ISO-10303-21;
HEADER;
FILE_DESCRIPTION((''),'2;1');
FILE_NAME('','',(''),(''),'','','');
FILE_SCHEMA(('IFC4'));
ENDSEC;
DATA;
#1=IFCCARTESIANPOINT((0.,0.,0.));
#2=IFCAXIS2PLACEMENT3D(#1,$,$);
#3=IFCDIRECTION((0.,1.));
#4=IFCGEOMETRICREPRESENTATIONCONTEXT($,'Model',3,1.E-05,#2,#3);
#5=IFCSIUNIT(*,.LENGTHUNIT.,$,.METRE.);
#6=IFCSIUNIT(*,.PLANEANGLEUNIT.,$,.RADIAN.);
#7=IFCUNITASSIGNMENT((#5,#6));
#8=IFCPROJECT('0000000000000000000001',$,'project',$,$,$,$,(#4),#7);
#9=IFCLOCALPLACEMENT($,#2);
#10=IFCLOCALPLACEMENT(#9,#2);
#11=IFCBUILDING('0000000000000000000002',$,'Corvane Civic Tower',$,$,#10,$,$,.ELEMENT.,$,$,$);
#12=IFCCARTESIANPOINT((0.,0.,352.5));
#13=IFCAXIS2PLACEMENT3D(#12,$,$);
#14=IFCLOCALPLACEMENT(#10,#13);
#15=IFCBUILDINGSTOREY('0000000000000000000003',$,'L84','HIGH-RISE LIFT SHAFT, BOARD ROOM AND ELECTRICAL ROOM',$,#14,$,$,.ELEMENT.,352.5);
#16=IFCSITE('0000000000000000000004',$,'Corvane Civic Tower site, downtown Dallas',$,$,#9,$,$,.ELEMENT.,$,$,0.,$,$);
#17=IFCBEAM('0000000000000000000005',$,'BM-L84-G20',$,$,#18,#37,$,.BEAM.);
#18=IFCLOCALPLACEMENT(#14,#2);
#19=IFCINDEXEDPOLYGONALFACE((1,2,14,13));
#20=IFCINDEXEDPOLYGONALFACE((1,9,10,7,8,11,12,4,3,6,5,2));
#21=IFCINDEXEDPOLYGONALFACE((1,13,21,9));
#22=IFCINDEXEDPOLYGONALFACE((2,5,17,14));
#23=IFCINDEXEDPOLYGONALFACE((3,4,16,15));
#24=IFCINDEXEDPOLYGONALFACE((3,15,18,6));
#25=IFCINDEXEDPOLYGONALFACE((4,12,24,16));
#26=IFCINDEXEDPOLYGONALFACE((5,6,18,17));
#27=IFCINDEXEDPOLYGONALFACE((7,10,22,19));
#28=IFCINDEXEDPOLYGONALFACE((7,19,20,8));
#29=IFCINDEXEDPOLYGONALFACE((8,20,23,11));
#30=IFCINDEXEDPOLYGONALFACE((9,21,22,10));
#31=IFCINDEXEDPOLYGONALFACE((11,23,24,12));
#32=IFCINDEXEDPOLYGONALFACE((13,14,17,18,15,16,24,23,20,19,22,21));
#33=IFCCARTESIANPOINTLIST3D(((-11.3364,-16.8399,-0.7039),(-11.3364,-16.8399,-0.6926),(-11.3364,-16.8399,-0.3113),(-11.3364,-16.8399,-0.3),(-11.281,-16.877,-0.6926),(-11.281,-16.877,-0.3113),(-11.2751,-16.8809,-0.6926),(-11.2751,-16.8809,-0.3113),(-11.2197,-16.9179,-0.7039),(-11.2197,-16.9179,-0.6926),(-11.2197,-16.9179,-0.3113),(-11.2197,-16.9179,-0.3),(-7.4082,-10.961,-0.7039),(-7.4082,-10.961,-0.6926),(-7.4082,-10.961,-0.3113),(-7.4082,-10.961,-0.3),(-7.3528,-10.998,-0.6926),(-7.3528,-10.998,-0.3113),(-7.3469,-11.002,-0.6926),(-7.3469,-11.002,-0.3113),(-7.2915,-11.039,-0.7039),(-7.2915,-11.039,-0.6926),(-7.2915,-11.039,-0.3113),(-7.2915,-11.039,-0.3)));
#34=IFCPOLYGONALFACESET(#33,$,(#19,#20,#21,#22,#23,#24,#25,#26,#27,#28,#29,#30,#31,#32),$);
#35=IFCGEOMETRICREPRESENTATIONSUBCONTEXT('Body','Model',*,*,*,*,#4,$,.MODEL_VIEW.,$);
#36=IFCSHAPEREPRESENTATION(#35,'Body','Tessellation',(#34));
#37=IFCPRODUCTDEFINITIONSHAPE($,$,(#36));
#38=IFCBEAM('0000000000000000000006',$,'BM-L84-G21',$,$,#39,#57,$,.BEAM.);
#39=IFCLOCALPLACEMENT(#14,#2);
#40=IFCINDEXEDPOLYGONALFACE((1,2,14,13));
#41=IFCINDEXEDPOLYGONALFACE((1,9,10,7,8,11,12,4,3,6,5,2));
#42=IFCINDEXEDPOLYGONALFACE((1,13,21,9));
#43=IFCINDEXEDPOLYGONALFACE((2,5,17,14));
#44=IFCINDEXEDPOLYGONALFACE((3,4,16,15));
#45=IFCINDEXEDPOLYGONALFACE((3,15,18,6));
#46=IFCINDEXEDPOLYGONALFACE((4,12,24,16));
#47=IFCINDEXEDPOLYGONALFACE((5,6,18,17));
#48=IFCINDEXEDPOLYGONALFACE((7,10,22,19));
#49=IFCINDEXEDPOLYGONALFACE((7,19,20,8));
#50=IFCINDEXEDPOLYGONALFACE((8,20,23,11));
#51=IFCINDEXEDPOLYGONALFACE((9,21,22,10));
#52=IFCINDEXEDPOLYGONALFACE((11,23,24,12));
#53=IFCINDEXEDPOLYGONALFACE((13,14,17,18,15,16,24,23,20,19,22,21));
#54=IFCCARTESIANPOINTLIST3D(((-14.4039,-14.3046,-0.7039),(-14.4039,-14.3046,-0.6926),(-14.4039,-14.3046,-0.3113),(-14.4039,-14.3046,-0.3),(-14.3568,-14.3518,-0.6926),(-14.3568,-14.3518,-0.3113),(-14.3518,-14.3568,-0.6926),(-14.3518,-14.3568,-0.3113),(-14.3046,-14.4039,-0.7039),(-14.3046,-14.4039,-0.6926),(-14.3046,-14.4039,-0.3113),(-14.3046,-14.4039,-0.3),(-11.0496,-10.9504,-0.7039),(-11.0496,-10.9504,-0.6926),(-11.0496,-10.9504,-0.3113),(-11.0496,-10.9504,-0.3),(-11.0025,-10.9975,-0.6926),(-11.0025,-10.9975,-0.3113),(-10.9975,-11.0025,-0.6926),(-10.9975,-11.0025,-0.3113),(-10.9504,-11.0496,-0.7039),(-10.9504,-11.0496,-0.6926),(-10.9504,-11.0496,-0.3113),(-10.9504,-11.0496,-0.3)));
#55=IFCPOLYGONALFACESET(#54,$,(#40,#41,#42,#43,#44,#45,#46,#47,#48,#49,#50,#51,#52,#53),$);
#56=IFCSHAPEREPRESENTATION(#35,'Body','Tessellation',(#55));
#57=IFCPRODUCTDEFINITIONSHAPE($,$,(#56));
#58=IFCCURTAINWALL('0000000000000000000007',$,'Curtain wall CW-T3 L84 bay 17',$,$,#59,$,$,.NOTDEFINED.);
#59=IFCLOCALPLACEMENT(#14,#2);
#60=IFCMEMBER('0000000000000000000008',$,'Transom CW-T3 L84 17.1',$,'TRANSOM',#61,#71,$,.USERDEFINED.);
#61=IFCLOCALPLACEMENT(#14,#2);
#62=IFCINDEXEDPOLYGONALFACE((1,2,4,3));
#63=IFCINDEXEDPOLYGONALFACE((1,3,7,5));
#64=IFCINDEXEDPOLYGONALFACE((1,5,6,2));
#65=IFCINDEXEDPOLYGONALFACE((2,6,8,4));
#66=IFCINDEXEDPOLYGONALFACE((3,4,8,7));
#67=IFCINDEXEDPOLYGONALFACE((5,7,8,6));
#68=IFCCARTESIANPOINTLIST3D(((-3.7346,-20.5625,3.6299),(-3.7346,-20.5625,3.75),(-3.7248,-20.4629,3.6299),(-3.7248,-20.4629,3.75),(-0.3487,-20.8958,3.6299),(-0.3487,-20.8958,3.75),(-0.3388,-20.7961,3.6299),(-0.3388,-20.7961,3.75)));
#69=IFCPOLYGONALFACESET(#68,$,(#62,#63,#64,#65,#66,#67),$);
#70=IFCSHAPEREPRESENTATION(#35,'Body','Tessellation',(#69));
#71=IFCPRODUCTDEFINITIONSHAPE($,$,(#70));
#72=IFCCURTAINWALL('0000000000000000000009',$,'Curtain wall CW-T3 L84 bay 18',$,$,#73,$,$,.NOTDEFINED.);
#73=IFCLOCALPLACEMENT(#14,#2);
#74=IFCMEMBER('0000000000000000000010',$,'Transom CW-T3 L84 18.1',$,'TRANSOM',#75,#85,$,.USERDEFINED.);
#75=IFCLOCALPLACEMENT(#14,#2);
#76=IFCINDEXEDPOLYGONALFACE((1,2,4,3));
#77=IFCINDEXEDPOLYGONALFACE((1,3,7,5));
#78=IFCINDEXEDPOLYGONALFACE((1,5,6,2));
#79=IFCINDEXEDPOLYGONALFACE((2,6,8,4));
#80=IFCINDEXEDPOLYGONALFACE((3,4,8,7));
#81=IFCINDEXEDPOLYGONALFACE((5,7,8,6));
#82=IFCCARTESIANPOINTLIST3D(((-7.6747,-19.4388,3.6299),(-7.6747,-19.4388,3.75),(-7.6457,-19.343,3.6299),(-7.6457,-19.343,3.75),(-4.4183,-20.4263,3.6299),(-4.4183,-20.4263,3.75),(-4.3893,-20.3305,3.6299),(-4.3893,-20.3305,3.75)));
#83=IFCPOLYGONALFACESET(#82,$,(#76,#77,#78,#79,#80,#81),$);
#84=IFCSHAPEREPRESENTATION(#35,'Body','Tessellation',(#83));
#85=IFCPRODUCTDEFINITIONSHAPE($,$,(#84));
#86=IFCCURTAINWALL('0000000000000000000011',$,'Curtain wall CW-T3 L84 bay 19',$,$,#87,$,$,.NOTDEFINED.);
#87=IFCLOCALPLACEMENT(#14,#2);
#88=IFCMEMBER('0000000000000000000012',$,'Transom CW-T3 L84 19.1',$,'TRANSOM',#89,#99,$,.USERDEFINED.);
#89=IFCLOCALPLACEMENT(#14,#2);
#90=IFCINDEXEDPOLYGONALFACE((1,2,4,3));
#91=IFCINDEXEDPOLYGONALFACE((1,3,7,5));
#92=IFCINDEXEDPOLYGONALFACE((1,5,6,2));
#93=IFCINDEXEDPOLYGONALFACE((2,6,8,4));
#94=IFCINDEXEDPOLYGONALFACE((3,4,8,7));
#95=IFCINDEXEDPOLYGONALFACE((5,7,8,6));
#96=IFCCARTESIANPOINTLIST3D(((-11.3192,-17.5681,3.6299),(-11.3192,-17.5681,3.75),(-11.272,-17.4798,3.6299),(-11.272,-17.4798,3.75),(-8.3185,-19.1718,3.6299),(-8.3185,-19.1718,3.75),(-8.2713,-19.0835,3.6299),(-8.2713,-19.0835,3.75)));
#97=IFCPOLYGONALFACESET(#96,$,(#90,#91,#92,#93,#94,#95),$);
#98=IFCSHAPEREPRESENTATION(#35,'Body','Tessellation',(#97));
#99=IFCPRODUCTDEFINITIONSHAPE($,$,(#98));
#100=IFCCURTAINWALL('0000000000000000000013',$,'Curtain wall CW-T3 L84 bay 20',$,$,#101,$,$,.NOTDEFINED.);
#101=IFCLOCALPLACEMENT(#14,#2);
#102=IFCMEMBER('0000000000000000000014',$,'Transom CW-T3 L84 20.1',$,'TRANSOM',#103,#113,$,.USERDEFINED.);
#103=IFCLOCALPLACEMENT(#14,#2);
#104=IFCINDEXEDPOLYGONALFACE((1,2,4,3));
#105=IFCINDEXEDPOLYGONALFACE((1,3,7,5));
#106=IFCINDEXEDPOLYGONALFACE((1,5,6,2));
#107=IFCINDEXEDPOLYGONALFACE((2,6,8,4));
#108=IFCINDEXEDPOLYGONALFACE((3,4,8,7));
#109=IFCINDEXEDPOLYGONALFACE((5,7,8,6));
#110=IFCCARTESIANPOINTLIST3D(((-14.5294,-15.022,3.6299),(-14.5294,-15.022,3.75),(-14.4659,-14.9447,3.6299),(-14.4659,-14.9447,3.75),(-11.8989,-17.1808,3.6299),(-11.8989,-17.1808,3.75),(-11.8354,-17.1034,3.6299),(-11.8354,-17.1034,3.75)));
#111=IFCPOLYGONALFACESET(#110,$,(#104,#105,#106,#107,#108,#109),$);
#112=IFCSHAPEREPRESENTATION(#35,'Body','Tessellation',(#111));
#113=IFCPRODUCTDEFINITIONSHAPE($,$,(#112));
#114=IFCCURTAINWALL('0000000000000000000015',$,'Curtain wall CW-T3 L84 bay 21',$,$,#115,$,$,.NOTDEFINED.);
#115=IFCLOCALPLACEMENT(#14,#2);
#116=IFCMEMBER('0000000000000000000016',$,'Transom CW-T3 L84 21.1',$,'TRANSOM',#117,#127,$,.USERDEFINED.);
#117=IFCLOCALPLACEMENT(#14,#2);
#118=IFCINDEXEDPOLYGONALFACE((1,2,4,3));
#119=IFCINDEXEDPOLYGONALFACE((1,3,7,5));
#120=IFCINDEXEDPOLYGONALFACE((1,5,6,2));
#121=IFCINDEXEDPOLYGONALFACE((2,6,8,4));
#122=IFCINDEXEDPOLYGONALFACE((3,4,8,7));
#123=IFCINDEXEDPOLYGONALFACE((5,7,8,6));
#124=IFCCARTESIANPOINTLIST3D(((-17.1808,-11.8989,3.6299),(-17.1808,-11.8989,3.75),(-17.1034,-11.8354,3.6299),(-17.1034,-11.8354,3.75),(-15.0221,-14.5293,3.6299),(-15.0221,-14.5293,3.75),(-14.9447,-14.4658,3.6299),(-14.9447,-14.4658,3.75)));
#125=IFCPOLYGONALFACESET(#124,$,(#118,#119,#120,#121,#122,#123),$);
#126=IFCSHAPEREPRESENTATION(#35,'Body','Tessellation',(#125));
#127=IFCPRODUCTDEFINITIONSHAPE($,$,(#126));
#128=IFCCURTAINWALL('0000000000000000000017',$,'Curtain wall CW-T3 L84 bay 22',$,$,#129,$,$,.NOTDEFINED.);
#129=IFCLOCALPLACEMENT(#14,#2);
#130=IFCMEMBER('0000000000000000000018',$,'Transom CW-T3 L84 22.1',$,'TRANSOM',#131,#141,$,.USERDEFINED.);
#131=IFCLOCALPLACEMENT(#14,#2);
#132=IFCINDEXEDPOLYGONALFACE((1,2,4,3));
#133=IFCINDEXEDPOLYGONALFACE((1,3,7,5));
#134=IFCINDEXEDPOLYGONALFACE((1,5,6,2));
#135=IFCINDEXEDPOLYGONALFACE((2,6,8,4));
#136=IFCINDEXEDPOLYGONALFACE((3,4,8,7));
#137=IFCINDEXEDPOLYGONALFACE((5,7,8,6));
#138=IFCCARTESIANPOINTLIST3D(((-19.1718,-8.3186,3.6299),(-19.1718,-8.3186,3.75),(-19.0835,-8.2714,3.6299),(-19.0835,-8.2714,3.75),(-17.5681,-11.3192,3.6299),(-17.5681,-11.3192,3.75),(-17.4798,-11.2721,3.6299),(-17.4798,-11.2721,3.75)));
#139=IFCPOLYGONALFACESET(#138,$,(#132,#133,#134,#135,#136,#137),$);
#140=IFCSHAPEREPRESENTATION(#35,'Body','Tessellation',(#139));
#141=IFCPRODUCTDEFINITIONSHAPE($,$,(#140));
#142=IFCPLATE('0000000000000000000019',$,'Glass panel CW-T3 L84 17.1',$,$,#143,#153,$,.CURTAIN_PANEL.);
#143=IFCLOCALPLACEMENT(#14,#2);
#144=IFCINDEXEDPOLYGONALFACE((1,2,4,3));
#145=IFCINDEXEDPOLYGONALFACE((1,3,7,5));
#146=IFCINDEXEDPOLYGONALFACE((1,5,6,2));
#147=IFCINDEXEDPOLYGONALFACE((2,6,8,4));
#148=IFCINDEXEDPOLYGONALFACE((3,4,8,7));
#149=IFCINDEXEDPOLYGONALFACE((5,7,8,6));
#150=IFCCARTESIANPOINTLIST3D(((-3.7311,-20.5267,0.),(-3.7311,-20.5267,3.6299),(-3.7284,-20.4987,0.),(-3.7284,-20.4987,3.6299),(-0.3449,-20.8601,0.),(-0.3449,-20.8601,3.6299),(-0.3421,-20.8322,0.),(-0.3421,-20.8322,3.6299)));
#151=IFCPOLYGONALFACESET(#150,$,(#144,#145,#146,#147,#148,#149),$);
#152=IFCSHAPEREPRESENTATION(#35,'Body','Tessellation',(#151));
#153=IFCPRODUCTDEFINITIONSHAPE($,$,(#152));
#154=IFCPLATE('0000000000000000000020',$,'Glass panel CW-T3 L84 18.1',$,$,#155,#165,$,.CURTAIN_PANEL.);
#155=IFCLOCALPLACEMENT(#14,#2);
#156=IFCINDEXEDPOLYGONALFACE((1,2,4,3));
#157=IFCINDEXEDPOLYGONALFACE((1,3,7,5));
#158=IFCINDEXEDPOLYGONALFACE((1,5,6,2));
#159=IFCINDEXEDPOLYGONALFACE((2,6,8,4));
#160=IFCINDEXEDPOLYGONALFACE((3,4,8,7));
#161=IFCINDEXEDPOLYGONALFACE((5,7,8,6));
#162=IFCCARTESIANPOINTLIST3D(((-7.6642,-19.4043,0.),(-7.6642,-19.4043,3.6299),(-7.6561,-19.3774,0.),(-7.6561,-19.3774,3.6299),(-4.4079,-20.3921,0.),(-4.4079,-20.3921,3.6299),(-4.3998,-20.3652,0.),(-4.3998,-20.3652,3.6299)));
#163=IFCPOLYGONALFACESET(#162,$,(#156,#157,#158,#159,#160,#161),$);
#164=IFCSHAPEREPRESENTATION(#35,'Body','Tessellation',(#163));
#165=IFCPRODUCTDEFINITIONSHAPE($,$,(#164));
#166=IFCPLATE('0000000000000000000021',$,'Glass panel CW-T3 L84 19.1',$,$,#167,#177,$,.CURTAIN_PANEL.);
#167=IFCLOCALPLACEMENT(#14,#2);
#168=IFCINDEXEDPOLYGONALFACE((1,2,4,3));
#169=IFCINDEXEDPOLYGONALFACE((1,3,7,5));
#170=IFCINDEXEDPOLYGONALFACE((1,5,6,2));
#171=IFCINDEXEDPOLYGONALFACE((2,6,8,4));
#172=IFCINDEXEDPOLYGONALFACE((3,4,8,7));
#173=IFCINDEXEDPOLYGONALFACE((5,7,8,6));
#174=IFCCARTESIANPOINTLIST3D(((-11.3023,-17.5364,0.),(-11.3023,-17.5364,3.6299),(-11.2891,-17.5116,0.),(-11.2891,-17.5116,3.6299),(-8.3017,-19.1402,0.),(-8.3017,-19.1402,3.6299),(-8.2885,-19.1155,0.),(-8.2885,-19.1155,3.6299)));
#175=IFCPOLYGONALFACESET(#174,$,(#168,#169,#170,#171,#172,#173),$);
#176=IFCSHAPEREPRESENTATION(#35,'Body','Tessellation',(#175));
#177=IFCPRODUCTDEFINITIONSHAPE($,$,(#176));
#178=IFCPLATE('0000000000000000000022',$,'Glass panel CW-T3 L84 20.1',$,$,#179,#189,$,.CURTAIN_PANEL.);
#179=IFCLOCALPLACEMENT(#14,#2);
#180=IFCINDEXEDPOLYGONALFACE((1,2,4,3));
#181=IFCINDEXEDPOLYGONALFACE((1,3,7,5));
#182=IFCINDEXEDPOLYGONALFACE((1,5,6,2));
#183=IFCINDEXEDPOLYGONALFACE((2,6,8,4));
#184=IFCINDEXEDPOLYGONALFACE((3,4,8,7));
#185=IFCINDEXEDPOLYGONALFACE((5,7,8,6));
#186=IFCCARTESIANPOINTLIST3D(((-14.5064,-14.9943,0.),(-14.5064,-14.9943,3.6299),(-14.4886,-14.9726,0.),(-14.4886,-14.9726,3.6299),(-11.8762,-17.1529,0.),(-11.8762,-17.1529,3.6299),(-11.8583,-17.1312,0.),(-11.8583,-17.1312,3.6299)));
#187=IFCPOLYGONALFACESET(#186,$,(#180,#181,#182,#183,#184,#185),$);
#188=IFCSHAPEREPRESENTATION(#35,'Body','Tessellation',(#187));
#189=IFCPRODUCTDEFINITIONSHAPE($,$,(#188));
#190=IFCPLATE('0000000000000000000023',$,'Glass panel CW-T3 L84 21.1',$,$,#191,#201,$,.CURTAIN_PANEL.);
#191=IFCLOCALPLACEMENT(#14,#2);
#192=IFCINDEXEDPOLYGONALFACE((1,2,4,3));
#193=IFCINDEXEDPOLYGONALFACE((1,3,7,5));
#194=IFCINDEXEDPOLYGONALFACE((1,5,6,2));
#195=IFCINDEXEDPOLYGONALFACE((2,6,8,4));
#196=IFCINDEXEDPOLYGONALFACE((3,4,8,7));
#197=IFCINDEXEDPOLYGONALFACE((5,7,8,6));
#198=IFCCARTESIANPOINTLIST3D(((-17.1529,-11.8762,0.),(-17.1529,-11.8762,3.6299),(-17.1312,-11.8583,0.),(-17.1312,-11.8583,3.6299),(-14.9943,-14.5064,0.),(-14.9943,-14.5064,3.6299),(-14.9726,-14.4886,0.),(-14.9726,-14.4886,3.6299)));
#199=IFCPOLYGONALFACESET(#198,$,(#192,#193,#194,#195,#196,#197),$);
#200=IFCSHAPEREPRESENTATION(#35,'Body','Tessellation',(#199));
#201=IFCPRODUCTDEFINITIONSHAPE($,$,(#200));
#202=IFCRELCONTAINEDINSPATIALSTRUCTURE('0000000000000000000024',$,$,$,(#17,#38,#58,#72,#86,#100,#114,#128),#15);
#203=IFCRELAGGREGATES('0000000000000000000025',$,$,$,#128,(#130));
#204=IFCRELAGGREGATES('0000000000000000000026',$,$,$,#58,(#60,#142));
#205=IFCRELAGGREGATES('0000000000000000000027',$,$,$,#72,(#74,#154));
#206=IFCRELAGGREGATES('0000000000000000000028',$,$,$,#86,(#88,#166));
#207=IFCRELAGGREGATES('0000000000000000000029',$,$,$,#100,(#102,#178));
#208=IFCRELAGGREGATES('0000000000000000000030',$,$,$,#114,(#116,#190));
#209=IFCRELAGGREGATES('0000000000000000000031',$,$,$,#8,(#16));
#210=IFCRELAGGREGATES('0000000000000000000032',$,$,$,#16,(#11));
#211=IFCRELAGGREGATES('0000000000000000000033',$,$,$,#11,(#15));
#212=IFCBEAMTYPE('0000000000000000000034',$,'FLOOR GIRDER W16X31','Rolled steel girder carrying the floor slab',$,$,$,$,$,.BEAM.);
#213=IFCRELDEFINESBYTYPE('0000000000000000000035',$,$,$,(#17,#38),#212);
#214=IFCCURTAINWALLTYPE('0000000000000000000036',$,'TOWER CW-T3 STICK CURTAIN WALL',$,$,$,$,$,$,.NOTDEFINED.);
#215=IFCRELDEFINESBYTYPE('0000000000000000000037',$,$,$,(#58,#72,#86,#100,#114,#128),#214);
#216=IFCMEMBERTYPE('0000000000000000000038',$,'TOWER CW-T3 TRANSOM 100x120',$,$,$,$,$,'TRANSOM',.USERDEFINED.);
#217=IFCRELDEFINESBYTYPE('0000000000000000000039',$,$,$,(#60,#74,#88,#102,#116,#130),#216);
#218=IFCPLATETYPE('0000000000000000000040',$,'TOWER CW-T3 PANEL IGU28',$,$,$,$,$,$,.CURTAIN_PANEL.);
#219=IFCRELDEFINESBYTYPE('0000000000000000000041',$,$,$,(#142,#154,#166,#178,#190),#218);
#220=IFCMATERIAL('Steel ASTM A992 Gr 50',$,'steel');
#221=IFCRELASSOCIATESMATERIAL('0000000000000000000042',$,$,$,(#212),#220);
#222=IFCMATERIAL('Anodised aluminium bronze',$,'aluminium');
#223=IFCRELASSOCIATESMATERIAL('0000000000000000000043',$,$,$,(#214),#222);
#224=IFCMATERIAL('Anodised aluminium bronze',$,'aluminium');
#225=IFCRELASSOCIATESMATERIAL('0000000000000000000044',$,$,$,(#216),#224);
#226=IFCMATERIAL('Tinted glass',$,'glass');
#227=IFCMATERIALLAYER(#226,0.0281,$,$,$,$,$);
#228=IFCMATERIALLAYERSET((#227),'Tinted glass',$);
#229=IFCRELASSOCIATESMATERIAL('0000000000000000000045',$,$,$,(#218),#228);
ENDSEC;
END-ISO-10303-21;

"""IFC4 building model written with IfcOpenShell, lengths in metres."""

from ifc_helpers import new_model, si_unit, direction, frame, origin, origin_2d, place, context, subcontext, project, spatial, rectangle, i_section, extrude, material, layer, layer_set, material_profile, profile_set, type_object, element, aggregate, save


model = new_model("IFC4")

# Units and contexts
model_context = context("Model", 3, precision=1e-05, world=origin(), true_north=direction((0.0, 1.0)))
body_context = subcontext(model_context, "Body", "Model", "MODEL_VIEW")
ifc_project = project(units=[si_unit("LENGTHUNIT", "METRE"), si_unit("PLANEANGLEUNIT", "RADIAN")], contexts=[model_context])

# Site, building, storey
site_placement = place(None, origin())
site = spatial("IfcSite", under=ifc_project, at=site_placement, Name="Corvane Civic Tower site, downtown Dallas", CompositionType="ELEMENT", RefElevation=0.0)
building_placement = place(site_placement, origin())
building = spatial("IfcBuilding", under=site, at=building_placement, Name="Corvane Civic Tower", CompositionType="ELEMENT")
storey_placement = place(building_placement, frame((0.0, 0.0, 352.5)))
storey = spatial("IfcBuildingStorey", under=building, at=storey_placement, Name="L84", Description="HIGH-RISE LIFT SHAFT, BOARD ROOM AND ELECTRICAL ROOM", CompositionType="ELEMENT", Elevation=352.5)

# Beams
ifc_material_1 = material(Name="Steel ASTM A992 Gr 50", Category="steel")
ifc_material_profile_1 = material_profile(ifc_material_1, i_section(OverallWidth=0.1404, OverallDepth=0.4038, WebThickness=0.0071, FlangeThickness=0.0112, at=origin_2d()), Name="W16X31")
ifc_profile_set_1 = profile_set([ifc_material_profile_1], Name="Steel ASTM A992 Gr 50")
beam_type_1 = type_object("IfcBeamType", Name="FLOOR GIRDER W16X31", Description="Rolled steel girder carrying the floor slab", PredefinedType="BEAM", material=ifc_profile_set_1)
beam_1_placement = place(storey_placement, frame((-7.3499, -11.0, -0.502), z_axis=(-0.555576, -0.831465, 0.0), x_axis=(0.831465, -0.555576, 0.0)))
element("IfcBeam", 1, at=beam_1_placement, inside=storey, type_object=beam_type_1, Name="BM-L84-G20", PredefinedType="BEAM", context=body_context, shape_type="SweptSolid", body=[
    extrude(i_section(OverallWidth=0.1404, OverallDepth=0.4038, WebThickness=0.0071, FlangeThickness=0.0112, at=origin_2d()), origin(), (0.0, 0.0, 1.0), 7.0706),
])
beam_2_placement = place(storey_placement, frame((-11.0, -11.0, -0.502), z_axis=(-0.707107, -0.707107, 0.0), x_axis=(0.707107, -0.707107, 0.0)))
element("IfcBeam", 2, at=beam_2_placement, inside=storey, type_object=beam_type_1, Name="BM-L84-G21", PredefinedType="BEAM", context=body_context, shape_type="SweptSolid", body=[
    extrude(i_section(OverallWidth=0.1404, OverallDepth=0.4038, WebThickness=0.0071, FlangeThickness=0.0112, at=origin_2d()), origin(), (0.0, 0.0, 1.0), 4.7437),
])

# Curtain walls, members
ifc_material_2 = material(Name="Anodised aluminium bronze", Category="aluminium")
curtain_wall_type = type_object("IfcCurtainWallType", Name="TOWER CW-T3 STICK CURTAIN WALL", PredefinedType="NOTDEFINED", material=ifc_material_2)
curtain_wall_1_placement = place(storey_placement, origin())
curtain_wall_1 = element("IfcCurtainWall", 3, at=curtain_wall_1_placement, inside=storey, type_object=curtain_wall_type, Name="Curtain wall CW-T3 L84 bay 17", PredefinedType="NOTDEFINED")
ifc_material_3 = material(Name="Anodised aluminium bronze", Category="aluminium")
ifc_material_profile_2 = material_profile(ifc_material_3, rectangle(XDim=0.1001, YDim=0.1201, at=origin_2d()), Name="TOWER CW-T3 TRANSOM 100x120")
ifc_profile_set_2 = profile_set([ifc_material_profile_2], Name="Anodised aluminium bronze")
member_type = type_object("IfcMemberType", Name="TOWER CW-T3 TRANSOM 100x120", ElementType="TRANSOM", PredefinedType="USERDEFINED", material=ifc_profile_set_2)
member_1_placement = place(storey_placement, frame((-0.3438, -20.8459, 3.6899), z_axis=(-0.995192, 0.097948, 0.0), x_axis=(-0.097948, -0.995192, 0.0)))
member_1 = element("IfcMember", 4, at=member_1_placement, type_object=member_type, Name="Transom CW-T3 L84 17.1", ObjectType="TRANSOM", PredefinedType="USERDEFINED", context=body_context, shape_type="SweptSolid", body=[
    extrude(rectangle(XDim=0.1001, YDim=0.1201, at=origin_2d()), origin(), (0.0, 0.0, 1.0), 3.4023),
])
curtain_wall_2_placement = place(storey_placement, origin())
curtain_wall_2 = element("IfcCurtainWall", 5, at=curtain_wall_2_placement, inside=storey, type_object=curtain_wall_type, Name="Curtain wall CW-T3 L84 bay 18", PredefinedType="NOTDEFINED")
member_2_placement = place(storey_placement, frame((-4.4038, -20.3784, 3.6899), z_axis=(-0.956961, 0.290216, 0.0), x_axis=(-0.290216, -0.956961, 0.0)))
member_2 = element("IfcMember", 6, at=member_2_placement, type_object=member_type, Name="Transom CW-T3 L84 18.1", ObjectType="TRANSOM", PredefinedType="USERDEFINED", context=body_context, shape_type="SweptSolid", body=[
    extrude(rectangle(XDim=0.1001, YDim=0.1201, at=origin_2d()), origin(), (0.0, 0.0, 1.0), 3.4028),
])
curtain_wall_3_placement = place(storey_placement, origin())
curtain_wall_3 = element("IfcCurtainWall", 7, at=curtain_wall_3_placement, inside=storey, type_object=curtain_wall_type, Name="Curtain wall CW-T3 L84 bay 19", PredefinedType="NOTDEFINED")
member_3_placement = place(storey_placement, frame((-8.2949, -19.1277, 3.6899), z_axis=(-0.881941, 0.471359, 0.0), x_axis=(-0.471359, -0.881941, 0.0)))
member_3 = element("IfcMember", 8, at=member_3_placement, type_object=member_type, Name="Transom CW-T3 L84 19.1", ObjectType="TRANSOM", PredefinedType="USERDEFINED", context=body_context, shape_type="SweptSolid", body=[
    extrude(rectangle(XDim=0.1001, YDim=0.1201, at=origin_2d()), origin(), (0.0, 0.0, 1.0), 3.4023),
])
curtain_wall_4_placement = place(storey_placement, origin())
curtain_wall_4 = element("IfcCurtainWall", 9, at=curtain_wall_4_placement, inside=storey, type_object=curtain_wall_type, Name="Curtain wall CW-T3 L84 bay 20", PredefinedType="NOTDEFINED")
member_4_placement = place(storey_placement, frame((-11.8672, -17.1421, 3.6899), z_axis=(-0.77301, 0.634394, 0.0), x_axis=(-0.634394, -0.77301, 0.0)))
member_4 = element("IfcMember", 10, at=member_4_placement, type_object=member_type, Name="Transom CW-T3 L84 20.1", ObjectType="TRANSOM", PredefinedType="USERDEFINED", context=body_context, shape_type="SweptSolid", body=[
    extrude(rectangle(XDim=0.1001, YDim=0.1201, at=origin_2d()), origin(), (0.0, 0.0, 1.0), 3.4028),
])
curtain_wall_5_placement = place(storey_placement, origin())
curtain_wall_5 = element("IfcCurtainWall", 11, at=curtain_wall_5_placement, inside=storey, type_object=curtain_wall_type, Name="Curtain wall CW-T3 L84 bay 21", PredefinedType="NOTDEFINED")
member_5_placement = place(storey_placement, frame((-14.9834, -14.4976, 3.6899), z_axis=(-0.634394, 0.77301, 0.0), x_axis=(-0.77301, -0.634394, 0.0)))
member_5 = element("IfcMember", 12, at=member_5_placement, type_object=member_type, Name="Transom CW-T3 L84 21.1", ObjectType="TRANSOM", PredefinedType="USERDEFINED", context=body_context, shape_type="SweptSolid", body=[
    extrude(rectangle(XDim=0.1001, YDim=0.1201, at=origin_2d()), origin(), (0.0, 0.0, 1.0), 3.4028),
])
curtain_wall_6_placement = place(storey_placement, origin())
curtain_wall_6 = element("IfcCurtainWall", 13, at=curtain_wall_6_placement, inside=storey, type_object=curtain_wall_type, Name="Curtain wall CW-T3 L84 bay 22", PredefinedType="NOTDEFINED")
member_6_placement = place(storey_placement, frame((-17.5239, -11.2957, 3.6899), z_axis=(-0.471359, 0.881941, 0.0), x_axis=(-0.881941, -0.471359, 0.0)))
member_6 = element("IfcMember", 14, at=member_6_placement, type_object=member_type, Name="Transom CW-T3 L84 22.1", ObjectType="TRANSOM", PredefinedType="USERDEFINED", context=body_context, shape_type="SweptSolid", body=[
    extrude(rectangle(XDim=0.1001, YDim=0.1201, at=origin_2d()), origin(), (0.0, 0.0, 1.0), 3.4023),
])
aggregate(curtain_wall_6, [member_6])

# Plates
ifc_material_4 = material(Name="Tinted glass", Category="glass")
ifc_layer_1 = layer(ifc_material_4, 0.0281)
ifc_layer_set_1 = layer_set([ifc_layer_1], Name="Tinted glass")
plate_type = type_object("IfcPlateType", Name="TOWER CW-T3 PANEL IGU28", PredefinedType="CURTAIN_PANEL", material=ifc_layer_set_1)
plate_1_placement = place(storey_placement, frame((-2.0366, -20.6794, 0.0), z_axis=(0.0, 0.0, 1.0), x_axis=(-0.995187, 0.097998, 0.0)))
plate_1 = element("IfcPlate", 15, at=plate_1_placement, type_object=plate_type, Name="Glass panel CW-T3 L84 17.1", PredefinedType="CURTAIN_PANEL", context=body_context, shape_type="SweptSolid", body=[
    extrude(rectangle(XDim=3.4026, YDim=0.0281, at=origin_2d()), origin(), (0.0, 0.0, 1.0), 3.6299),
])
aggregate(curtain_wall_1, [member_1, plate_1])
plate_2_placement = place(storey_placement, frame((-6.032, -19.8848, 0.0), z_axis=(0.0, 0.0, 1.0), x_axis=(-0.956939, 0.29029, 0.0)))
plate_2 = element("IfcPlate", 16, at=plate_2_placement, type_object=plate_type, Name="Glass panel CW-T3 L84 18.1", PredefinedType="CURTAIN_PANEL", context=body_context, shape_type="SweptSolid", body=[
    extrude(rectangle(XDim=3.4028, YDim=0.0281, at=origin_2d()), origin(), (0.0, 0.0, 1.0), 3.6299),
])
aggregate(curtain_wall_2, [member_2, plate_2])
plate_3_placement = place(storey_placement, frame((-9.7954, -18.3259, 0.0), z_axis=(0.0, 0.0, 1.0), x_axis=(-0.881928, 0.471384, 0.0)))
plate_3 = element("IfcPlate", 17, at=plate_3_placement, type_object=plate_type, Name="Glass panel CW-T3 L84 19.1", PredefinedType="CURTAIN_PANEL", context=body_context, shape_type="SweptSolid", body=[
    extrude(rectangle(XDim=3.4023, YDim=0.0281, at=origin_2d()), origin(), (0.0, 0.0, 1.0), 3.6299),
])
aggregate(curtain_wall_3, [member_3, plate_3])
plate_4_placement = place(storey_placement, frame((-13.1824, -16.0627, 0.0), z_axis=(0.0, 0.0, 1.0), x_axis=(-0.77301, 0.634393, 0.0)))
plate_4 = element("IfcPlate", 18, at=plate_4_placement, type_object=plate_type, Name="Glass panel CW-T3 L84 20.1", PredefinedType="CURTAIN_PANEL", context=body_context, shape_type="SweptSolid", body=[
    extrude(rectangle(XDim=3.4026, YDim=0.0281, at=origin_2d()), origin(), (0.0, 0.0, 1.0), 3.6299),
])
aggregate(curtain_wall_4, [member_4, plate_4])
plate_5_placement = place(storey_placement, frame((-16.0627, -13.1824, 0.0), z_axis=(0.0, 0.0, 1.0), x_axis=(-0.634393, 0.77301, 0.0)))
plate_5 = element("IfcPlate", 19, at=plate_5_placement, type_object=plate_type, Name="Glass panel CW-T3 L84 21.1", PredefinedType="CURTAIN_PANEL", context=body_context, shape_type="SweptSolid", body=[
    extrude(rectangle(XDim=3.4026, YDim=0.0281, at=origin_2d()), origin(), (0.0, 0.0, 1.0), 3.6299),
])
aggregate(curtain_wall_5, [member_5, plate_5])

save(model, "model.ifc")
